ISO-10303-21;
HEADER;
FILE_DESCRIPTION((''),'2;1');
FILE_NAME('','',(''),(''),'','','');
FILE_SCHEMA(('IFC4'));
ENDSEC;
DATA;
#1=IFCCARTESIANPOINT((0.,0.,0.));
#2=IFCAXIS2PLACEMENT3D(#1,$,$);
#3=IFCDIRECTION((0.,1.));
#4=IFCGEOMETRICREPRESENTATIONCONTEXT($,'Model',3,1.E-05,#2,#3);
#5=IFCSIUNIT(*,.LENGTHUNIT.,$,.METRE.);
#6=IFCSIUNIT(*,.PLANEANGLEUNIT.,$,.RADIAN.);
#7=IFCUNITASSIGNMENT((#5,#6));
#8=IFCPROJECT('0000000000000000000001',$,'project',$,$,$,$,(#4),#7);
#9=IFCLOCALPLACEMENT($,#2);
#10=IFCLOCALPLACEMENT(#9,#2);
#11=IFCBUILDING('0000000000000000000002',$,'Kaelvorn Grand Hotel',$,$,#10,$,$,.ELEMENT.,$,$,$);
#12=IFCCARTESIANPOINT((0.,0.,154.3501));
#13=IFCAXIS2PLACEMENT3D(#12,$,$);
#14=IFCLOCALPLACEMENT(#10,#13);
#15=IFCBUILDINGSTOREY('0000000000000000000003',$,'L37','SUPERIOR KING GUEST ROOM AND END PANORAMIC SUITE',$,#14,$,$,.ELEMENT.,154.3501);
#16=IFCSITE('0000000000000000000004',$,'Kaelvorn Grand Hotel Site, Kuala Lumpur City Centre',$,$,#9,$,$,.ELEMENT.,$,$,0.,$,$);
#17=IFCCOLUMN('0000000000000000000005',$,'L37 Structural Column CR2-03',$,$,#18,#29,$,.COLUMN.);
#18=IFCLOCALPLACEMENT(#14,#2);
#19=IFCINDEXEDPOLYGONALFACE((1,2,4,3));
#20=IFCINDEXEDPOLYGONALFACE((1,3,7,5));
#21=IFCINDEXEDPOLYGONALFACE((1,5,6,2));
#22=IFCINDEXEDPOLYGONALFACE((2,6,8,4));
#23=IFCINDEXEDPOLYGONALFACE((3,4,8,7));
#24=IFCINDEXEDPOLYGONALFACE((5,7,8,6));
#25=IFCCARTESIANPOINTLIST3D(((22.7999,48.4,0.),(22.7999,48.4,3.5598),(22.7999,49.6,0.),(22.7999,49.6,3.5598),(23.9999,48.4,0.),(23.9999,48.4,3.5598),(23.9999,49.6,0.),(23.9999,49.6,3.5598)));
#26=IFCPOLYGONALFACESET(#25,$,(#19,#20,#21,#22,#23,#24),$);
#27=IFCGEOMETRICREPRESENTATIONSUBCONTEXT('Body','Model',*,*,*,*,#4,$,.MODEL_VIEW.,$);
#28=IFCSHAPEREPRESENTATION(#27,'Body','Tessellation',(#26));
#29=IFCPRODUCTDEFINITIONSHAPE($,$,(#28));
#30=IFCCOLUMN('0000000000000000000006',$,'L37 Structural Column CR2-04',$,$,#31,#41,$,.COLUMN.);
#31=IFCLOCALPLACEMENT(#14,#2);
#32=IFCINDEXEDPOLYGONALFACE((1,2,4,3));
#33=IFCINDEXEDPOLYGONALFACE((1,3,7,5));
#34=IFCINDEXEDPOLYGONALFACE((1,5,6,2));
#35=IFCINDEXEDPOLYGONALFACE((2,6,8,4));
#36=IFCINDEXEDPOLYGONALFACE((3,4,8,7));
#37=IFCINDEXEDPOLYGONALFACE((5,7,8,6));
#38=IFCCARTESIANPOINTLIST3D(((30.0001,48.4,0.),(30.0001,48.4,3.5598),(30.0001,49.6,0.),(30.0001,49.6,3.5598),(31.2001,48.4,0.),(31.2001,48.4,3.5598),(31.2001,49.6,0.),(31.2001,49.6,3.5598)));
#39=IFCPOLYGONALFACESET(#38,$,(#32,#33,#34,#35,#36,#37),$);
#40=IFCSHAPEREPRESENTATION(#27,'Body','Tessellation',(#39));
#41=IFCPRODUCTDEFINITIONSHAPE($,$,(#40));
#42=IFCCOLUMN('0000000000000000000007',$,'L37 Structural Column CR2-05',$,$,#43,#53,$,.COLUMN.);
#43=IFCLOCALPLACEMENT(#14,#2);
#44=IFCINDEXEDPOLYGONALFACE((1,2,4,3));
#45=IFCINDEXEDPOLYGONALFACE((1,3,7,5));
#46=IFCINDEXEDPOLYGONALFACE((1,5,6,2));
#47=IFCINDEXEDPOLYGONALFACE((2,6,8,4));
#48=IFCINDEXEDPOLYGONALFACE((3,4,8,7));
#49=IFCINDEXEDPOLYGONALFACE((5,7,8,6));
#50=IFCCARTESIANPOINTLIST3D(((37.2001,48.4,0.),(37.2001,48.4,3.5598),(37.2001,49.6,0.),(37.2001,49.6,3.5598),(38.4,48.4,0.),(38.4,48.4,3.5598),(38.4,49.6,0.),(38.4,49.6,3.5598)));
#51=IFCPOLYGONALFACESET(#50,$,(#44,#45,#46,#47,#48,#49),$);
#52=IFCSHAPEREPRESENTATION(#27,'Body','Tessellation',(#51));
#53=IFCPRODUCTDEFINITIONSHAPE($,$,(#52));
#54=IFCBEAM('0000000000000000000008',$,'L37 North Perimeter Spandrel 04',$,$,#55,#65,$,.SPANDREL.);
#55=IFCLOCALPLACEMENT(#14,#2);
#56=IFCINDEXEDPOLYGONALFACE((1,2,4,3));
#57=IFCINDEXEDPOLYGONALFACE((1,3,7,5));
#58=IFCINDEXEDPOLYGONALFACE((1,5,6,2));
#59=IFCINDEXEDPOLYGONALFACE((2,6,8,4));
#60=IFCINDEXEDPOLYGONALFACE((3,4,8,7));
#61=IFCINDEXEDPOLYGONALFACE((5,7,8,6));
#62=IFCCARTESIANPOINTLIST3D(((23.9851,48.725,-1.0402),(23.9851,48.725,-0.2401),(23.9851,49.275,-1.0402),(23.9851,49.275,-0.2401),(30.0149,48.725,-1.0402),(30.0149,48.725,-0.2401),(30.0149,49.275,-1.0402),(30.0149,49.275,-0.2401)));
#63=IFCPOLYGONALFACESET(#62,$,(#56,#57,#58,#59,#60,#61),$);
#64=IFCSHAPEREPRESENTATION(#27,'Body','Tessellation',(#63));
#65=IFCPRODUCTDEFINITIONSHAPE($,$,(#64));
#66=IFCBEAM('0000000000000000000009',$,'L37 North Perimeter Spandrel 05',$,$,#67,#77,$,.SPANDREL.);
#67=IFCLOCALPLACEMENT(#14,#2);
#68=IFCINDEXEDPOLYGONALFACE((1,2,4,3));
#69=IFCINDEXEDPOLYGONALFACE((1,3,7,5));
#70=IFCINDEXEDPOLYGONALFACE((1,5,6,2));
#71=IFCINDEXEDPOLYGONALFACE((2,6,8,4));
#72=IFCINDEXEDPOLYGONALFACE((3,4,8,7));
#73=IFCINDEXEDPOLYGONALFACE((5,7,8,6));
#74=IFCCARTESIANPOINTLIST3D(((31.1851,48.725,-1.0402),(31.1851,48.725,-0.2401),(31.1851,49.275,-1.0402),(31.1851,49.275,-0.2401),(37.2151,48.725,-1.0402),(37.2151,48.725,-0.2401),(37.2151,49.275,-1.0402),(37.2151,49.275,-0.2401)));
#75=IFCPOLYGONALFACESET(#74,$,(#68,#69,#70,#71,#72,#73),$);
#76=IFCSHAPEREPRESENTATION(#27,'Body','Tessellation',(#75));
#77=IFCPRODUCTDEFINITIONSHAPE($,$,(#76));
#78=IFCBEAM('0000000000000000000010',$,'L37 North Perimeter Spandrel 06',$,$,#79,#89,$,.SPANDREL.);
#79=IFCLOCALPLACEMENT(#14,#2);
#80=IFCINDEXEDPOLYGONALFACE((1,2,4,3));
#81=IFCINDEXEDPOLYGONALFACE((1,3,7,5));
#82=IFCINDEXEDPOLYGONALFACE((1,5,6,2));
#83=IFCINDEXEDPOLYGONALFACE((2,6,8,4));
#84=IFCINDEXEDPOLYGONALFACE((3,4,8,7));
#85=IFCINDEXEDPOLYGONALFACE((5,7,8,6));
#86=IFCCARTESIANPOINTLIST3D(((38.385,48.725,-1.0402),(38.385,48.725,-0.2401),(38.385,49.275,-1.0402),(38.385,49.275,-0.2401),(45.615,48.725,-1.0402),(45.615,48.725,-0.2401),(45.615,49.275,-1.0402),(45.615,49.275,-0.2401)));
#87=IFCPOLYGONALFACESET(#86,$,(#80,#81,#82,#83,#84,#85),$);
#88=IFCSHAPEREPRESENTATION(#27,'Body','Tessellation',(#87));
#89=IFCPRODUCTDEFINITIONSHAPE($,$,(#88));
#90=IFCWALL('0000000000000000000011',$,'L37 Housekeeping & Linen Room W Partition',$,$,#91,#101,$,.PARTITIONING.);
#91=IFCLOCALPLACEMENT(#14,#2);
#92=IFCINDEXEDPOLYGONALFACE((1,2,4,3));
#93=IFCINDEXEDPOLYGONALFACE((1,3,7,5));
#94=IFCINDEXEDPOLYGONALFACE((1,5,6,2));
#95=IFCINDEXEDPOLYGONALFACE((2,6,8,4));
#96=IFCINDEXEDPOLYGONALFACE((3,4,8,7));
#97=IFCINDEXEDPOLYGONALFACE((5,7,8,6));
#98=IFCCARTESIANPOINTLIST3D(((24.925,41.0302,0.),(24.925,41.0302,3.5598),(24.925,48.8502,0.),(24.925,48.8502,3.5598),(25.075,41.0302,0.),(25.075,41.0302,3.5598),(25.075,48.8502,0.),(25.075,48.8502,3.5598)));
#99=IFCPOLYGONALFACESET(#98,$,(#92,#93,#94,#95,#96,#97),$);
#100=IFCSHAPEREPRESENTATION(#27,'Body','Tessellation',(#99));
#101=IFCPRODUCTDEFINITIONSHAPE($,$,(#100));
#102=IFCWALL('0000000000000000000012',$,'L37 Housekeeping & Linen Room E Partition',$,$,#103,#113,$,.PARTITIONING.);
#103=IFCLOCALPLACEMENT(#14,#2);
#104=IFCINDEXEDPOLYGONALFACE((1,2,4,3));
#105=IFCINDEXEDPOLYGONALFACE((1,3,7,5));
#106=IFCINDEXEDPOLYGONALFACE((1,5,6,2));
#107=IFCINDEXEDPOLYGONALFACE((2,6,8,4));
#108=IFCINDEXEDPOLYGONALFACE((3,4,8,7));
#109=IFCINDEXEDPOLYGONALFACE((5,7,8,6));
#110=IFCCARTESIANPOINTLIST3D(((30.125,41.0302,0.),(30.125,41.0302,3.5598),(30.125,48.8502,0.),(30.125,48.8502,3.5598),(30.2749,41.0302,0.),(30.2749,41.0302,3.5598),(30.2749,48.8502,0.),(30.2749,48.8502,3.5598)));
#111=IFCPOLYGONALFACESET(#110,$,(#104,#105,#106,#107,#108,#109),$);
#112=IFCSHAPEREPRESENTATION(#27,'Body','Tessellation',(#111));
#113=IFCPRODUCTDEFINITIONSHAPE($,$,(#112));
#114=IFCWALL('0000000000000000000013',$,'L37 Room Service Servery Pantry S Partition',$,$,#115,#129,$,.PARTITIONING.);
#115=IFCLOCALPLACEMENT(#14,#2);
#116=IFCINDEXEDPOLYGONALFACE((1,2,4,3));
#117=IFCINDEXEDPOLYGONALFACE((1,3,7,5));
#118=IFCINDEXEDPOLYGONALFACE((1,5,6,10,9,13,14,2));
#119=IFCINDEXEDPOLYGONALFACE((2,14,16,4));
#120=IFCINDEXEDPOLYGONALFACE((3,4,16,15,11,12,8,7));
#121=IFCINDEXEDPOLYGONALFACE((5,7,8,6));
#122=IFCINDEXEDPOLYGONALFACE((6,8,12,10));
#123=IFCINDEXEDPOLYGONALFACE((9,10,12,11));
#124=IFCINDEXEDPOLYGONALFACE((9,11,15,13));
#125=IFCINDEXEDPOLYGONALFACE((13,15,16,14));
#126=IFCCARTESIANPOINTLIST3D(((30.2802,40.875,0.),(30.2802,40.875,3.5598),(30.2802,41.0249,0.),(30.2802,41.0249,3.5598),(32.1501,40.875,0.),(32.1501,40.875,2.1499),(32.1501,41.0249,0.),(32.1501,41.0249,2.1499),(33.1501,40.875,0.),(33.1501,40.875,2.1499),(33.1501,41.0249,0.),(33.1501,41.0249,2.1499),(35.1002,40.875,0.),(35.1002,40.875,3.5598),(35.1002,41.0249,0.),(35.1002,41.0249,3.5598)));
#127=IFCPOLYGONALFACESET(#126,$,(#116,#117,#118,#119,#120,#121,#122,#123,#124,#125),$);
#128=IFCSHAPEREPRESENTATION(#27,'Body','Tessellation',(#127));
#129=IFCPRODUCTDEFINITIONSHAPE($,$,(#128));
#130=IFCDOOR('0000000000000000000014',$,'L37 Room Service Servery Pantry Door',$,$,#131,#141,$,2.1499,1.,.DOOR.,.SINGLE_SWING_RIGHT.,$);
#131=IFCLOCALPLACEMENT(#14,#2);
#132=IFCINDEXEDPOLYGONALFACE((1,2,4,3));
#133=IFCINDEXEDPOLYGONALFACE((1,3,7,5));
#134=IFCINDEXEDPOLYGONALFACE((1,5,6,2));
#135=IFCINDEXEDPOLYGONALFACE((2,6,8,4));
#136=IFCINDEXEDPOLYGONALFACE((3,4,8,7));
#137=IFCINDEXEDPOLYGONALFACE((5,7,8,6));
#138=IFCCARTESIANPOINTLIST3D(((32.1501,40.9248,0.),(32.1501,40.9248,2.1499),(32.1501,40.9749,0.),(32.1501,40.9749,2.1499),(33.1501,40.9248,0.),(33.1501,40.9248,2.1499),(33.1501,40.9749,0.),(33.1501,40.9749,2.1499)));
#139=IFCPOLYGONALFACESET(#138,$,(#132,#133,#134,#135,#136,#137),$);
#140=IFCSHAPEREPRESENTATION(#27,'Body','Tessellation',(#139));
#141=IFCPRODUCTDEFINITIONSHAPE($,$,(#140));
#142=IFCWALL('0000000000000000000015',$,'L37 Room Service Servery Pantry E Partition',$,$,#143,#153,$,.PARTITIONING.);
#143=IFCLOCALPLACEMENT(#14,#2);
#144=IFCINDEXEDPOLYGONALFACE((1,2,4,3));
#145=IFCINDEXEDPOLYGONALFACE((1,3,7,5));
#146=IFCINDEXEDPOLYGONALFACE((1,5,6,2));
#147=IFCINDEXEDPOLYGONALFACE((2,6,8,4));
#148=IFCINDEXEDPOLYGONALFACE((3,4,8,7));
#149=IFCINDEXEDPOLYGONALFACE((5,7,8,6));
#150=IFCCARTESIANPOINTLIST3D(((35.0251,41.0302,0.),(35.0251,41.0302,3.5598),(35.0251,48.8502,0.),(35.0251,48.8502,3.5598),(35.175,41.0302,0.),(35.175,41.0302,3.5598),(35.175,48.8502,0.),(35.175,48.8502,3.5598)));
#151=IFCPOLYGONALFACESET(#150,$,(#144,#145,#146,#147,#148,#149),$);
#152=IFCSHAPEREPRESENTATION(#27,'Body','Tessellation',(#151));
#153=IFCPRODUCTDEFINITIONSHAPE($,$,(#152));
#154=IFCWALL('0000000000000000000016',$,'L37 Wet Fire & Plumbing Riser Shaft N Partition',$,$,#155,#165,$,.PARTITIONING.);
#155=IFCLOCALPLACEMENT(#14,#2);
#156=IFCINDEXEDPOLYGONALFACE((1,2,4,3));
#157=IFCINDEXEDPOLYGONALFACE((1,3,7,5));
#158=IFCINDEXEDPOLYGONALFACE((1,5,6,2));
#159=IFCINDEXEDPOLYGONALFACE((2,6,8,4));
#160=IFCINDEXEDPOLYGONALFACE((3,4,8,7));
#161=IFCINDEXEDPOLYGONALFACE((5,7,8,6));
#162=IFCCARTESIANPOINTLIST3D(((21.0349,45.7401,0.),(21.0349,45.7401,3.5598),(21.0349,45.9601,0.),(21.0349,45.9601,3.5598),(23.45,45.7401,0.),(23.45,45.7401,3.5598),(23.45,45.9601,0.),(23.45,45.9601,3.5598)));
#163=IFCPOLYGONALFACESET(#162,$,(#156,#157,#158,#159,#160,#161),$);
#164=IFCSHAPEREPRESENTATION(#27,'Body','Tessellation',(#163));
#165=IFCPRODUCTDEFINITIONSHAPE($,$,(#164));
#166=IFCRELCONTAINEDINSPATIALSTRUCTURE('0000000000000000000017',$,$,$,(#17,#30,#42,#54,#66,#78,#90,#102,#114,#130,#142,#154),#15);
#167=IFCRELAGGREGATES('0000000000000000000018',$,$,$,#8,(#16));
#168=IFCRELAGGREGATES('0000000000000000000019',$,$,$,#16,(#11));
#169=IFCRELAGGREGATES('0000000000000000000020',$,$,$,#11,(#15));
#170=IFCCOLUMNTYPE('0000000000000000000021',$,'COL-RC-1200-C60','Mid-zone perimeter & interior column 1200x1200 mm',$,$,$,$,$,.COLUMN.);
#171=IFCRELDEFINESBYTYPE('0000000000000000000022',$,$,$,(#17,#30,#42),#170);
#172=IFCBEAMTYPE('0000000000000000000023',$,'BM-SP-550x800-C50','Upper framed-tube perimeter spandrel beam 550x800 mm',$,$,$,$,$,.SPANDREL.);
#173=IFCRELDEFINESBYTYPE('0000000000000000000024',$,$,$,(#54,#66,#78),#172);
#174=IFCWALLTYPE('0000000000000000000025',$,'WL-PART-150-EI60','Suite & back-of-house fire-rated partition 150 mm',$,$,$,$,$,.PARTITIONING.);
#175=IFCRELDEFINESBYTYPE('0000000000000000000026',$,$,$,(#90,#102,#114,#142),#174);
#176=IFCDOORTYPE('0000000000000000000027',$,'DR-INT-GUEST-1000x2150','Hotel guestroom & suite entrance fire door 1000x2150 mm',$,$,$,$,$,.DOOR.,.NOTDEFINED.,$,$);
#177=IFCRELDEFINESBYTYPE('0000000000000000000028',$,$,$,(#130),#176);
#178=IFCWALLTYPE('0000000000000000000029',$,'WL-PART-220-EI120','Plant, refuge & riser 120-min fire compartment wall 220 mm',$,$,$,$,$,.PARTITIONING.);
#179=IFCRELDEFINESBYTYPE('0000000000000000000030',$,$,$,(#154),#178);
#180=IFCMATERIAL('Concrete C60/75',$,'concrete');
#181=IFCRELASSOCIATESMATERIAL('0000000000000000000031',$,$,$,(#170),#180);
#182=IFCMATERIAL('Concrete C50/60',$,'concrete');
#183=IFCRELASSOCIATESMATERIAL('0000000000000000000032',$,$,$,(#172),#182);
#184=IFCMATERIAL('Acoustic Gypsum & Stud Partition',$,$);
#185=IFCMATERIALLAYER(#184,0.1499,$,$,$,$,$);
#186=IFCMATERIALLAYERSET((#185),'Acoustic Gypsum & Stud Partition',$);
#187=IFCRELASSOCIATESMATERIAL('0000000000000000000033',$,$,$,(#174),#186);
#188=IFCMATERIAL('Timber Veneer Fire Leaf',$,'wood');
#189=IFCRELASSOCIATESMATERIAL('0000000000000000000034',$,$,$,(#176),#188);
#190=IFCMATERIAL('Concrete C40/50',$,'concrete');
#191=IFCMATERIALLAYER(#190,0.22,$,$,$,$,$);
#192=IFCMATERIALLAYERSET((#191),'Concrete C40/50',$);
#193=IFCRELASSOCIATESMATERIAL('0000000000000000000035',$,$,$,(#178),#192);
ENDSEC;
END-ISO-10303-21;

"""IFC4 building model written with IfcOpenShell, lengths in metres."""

from ifc_helpers import new_model, si_unit, direction, frame, frame_2d, origin, origin_2d, place, context, subcontext, project, spatial, rectangle, extrude, material, layer, layer_set, material_profile, profile_set, type_object, element, fill, save


model = new_model("IFC4")

# Units and contexts
model_context = context("Model", 3, precision=1e-05, world=origin(), true_north=direction((0.0, 1.0)))
body_context = subcontext(model_context, "Body", "Model", "MODEL_VIEW")
ifc_project = project(units=[si_unit("LENGTHUNIT", "METRE"), si_unit("PLANEANGLEUNIT", "RADIAN")], contexts=[model_context])

# Site, building, storey
site_placement = place(None, origin())
site = spatial("IfcSite", under=ifc_project, at=site_placement, Name="Kaelvorn Grand Hotel Site, Kuala Lumpur City Centre", CompositionType="ELEMENT", RefElevation=0.0)
building_placement = place(site_placement, origin())
building = spatial("IfcBuilding", under=site, at=building_placement, Name="Kaelvorn Grand Hotel", CompositionType="ELEMENT")
storey_placement = place(building_placement, frame((0.0, 0.0, 154.3501)))
storey = spatial("IfcBuildingStorey", under=building, at=storey_placement, Name="L37", Description="SUPERIOR KING GUEST ROOM AND END PANORAMIC SUITE", CompositionType="ELEMENT", Elevation=154.3501)

# Columns
ifc_material_1 = material(Name="Concrete C60/75", Category="concrete")
ifc_material_profile_1 = material_profile(ifc_material_1, rectangle(XDim=1.2, YDim=1.2, at=origin_2d()), Name="RC COL 1200x1200")
ifc_profile_set_1 = profile_set([ifc_material_profile_1], Name="Concrete C60/75")
column_type = type_object("IfcColumnType", Name="COL-RC-1200-C60", Description="Mid-zone perimeter & interior column 1200x1200 mm", PredefinedType="COLUMN", material=ifc_profile_set_1)
for number, where, z_axis, x_axis, name in (
    (1, (23.3999, 49.0, 0.0), (0.0, 0.0, 1.0), (1.0, 0.0, 0.0), "L37 Structural Column CR2-03"),
    (2, (30.6001, 49.0, 0.0), (0.0, 0.0, 1.0), (1.0, 0.0, 0.0), "L37 Structural Column CR2-04"),
    (3, (37.8, 49.0, 0.0), (0.0, 0.0, 1.0), (1.0, 0.0, 0.0), "L37 Structural Column CR2-05"),
):
    element("IfcColumn", number, at=place(storey_placement, frame(where, z_axis=z_axis, x_axis=x_axis)), inside=storey, type_object=column_type, Name=name, PredefinedType="COLUMN", context=body_context, shape_type="SweptSolid", body=[
        extrude(rectangle(XDim=1.2, YDim=1.2, at=origin_2d()), origin(), (0.0, 0.0, 1.0), 3.5598),
    ])

# Beams
ifc_material_2 = material(Name="Concrete C50/60", Category="concrete")
ifc_material_profile_2 = material_profile(ifc_material_2, rectangle(XDim=0.55, YDim=0.8, at=origin_2d()), Name="RC SPANDREL 550x800")
ifc_profile_set_2 = profile_set([ifc_material_profile_2], Name="Concrete C50/60")
beam_type = type_object("IfcBeamType", Name="BM-SP-550x800-C50", Description="Upper framed-tube perimeter spandrel beam 550x800 mm", PredefinedType="SPANDREL", material=ifc_profile_set_2)
beam_1_placement = place(storey_placement, frame((23.9851, 49.0, -0.6401), z_axis=(1.0, 0.0, 0.0), x_axis=(0.0, 1.0, 0.0)))
element("IfcBeam", 4, at=beam_1_placement, inside=storey, type_object=beam_type, Name="L37 North Perimeter Spandrel 04", PredefinedType="SPANDREL", context=body_context, shape_type="SweptSolid", body=[
    extrude(rectangle(XDim=0.55, YDim=0.8, at=origin_2d()), origin(), (0.0, 0.0, 1.0), 6.0298),
])
beam_2_placement = place(storey_placement, frame((31.1851, 49.0, -0.6401), z_axis=(1.0, 0.0, 0.0), x_axis=(0.0, 1.0, 0.0)))
element("IfcBeam", 5, at=beam_2_placement, inside=storey, type_object=beam_type, Name="L37 North Perimeter Spandrel 05", PredefinedType="SPANDREL", context=body_context, shape_type="SweptSolid", body=[
    extrude(rectangle(XDim=0.55, YDim=0.8, at=origin_2d()), origin(), (0.0, 0.0, 1.0), 6.03),
])
beam_3_placement = place(storey_placement, frame((38.385, 49.0, -0.6401), z_axis=(1.0, 0.0, 0.0), x_axis=(0.0, 1.0, 0.0)))
element("IfcBeam", 6, at=beam_3_placement, inside=storey, type_object=beam_type, Name="L37 North Perimeter Spandrel 06", PredefinedType="SPANDREL", context=body_context, shape_type="SweptSolid", body=[
    extrude(rectangle(XDim=0.55, YDim=0.8, at=origin_2d()), origin(), (0.0, 0.0, 1.0), 7.23),
])

# Walls
ifc_material_3 = material(Name="Acoustic Gypsum & Stud Partition")
ifc_layer_1 = layer(ifc_material_3, 0.1499)
ifc_layer_set_1 = layer_set([ifc_layer_1], Name="Acoustic Gypsum & Stud Partition")
wall_type_1 = type_object("IfcWallType", Name="WL-PART-150-EI60", Description="Suite & back-of-house fire-rated partition 150 mm", PredefinedType="PARTITIONING", material=ifc_layer_set_1)
for number, where, z_axis, x_axis, name in (
    (7, (25.0, 41.03, 0.0), (0.0, 0.0, 1.0), (0.0, 1.0, 0.0), "L37 Housekeeping & Linen Room W Partition"),
    (8, (30.2, 41.03, 0.0), (0.0, 0.0, 1.0), (0.0, 1.0, 0.0), "L37 Housekeeping & Linen Room E Partition"),
):
    element("IfcWall", number, at=place(storey_placement, frame(where, z_axis=z_axis, x_axis=x_axis)), inside=storey, type_object=wall_type_1, Name=name, PredefinedType="PARTITIONING", context=body_context, shape_type="SweptSolid", body=[
        extrude(rectangle(XDim=7.8201, YDim=0.1499, at=frame_2d((3.9102, 0.0))), origin(), (0.0, 0.0, 1.0), 3.5598),
    ])

# Wall, opening, door
wall_1_placement = place(storey_placement, frame((30.28, 40.95, 0.0), z_axis=(0.0, 0.0, 1.0), x_axis=(1.0, 0.0, 0.0)))
wall_1 = element("IfcWall", 9, at=wall_1_placement, inside=storey, type_object=wall_type_1, Name="L37 Room Service Servery Pantry S Partition", PredefinedType="PARTITIONING", context=body_context, shape_type="SweptSolid", body=[
    extrude(rectangle(XDim=4.8201, YDim=0.1499, at=frame_2d((2.4102, 0.0))), origin(), (0.0, 0.0, 1.0), 3.5598),
])
opening_1_placement = place(wall_1_placement, frame((1.8701, 0.0, 0.0)))
opening_1 = element("IfcOpeningElement", 10, at=opening_1_placement, cuts=wall_1, PredefinedType="OPENING", context=body_context, shape_type="SweptSolid", body=[
    extrude(rectangle(XDim=1.0, YDim=2.1499, at=frame_2d((0.5, 1.075))), frame((0.0, 0.085, 0.0), z_axis=(0.0, -1.0, 0.0), x_axis=(1.0, 0.0, 0.0)), (0.0, 0.0, 1.0), 0.1699),
])
ifc_material_4 = material(Name="Timber Veneer Fire Leaf", Category="wood")
door_type_1 = type_object("IfcDoorType", Name="DR-INT-GUEST-1000x2150", Description="Hotel guestroom & suite entrance fire door 1000x2150 mm", OperationType="NOTDEFINED", PredefinedType="DOOR", material=ifc_material_4)
door_1_placement = place(opening_1_placement, origin())
door_1 = element("IfcDoor", 11, at=door_1_placement, inside=storey, type_object=door_type_1, Name="L37 Room Service Servery Pantry Door", OperationType="SINGLE_SWING_RIGHT", OverallHeight=2.1499, OverallWidth=1.0, PredefinedType="DOOR", context=body_context, shape_type="SweptSolid", body=[
    extrude(rectangle(XDim=1.0, YDim=2.1499, at=frame_2d((0.5, 1.075))), frame((0.0, 0.0249, 0.0), z_axis=(0.0, -1.0, 0.0), x_axis=(1.0, 0.0, 0.0)), (0.0, 0.0, 1.0), 0.05),
])
fill(opening_1, door_1)

# Walls
wall_2_placement = place(storey_placement, frame((35.1001, 41.03, 0.0), z_axis=(0.0, 0.0, 1.0), x_axis=(0.0, 1.0, 0.0)))
element("IfcWall", 12, at=wall_2_placement, inside=storey, type_object=wall_type_1, Name="L37 Room Service Servery Pantry E Partition", PredefinedType="PARTITIONING", context=body_context, shape_type="SweptSolid", body=[
    extrude(rectangle(XDim=7.8201, YDim=0.1499, at=frame_2d((3.9102, 0.0))), origin(), (0.0, 0.0, 1.0), 3.5598),
])
ifc_material_5 = material(Name="Concrete C40/50", Category="concrete")
ifc_layer_2 = layer(ifc_material_5, 0.22)
ifc_layer_set_2 = layer_set([ifc_layer_2], Name="Concrete C40/50")
wall_type_2 = type_object("IfcWallType", Name="WL-PART-220-EI120", Description="Plant, refuge & riser 120-min fire compartment wall 220 mm", PredefinedType="PARTITIONING", material=ifc_layer_set_2)
wall_3_placement = place(storey_placement, frame((21.0349, 45.8501, 0.0), z_axis=(0.0, 0.0, 1.0), x_axis=(1.0, 0.0, 0.0)))
element("IfcWall", 13, at=wall_3_placement, inside=storey, type_object=wall_type_2, Name="L37 Wet Fire & Plumbing Riser Shaft N Partition", PredefinedType="PARTITIONING", context=body_context, shape_type="SweptSolid", body=[
    extrude(rectangle(XDim=2.415, YDim=0.22, at=frame_2d((1.2075, 0.0))), origin(), (0.0, 0.0, 1.0), 3.5598),
])

save(model, "model.ifc")
